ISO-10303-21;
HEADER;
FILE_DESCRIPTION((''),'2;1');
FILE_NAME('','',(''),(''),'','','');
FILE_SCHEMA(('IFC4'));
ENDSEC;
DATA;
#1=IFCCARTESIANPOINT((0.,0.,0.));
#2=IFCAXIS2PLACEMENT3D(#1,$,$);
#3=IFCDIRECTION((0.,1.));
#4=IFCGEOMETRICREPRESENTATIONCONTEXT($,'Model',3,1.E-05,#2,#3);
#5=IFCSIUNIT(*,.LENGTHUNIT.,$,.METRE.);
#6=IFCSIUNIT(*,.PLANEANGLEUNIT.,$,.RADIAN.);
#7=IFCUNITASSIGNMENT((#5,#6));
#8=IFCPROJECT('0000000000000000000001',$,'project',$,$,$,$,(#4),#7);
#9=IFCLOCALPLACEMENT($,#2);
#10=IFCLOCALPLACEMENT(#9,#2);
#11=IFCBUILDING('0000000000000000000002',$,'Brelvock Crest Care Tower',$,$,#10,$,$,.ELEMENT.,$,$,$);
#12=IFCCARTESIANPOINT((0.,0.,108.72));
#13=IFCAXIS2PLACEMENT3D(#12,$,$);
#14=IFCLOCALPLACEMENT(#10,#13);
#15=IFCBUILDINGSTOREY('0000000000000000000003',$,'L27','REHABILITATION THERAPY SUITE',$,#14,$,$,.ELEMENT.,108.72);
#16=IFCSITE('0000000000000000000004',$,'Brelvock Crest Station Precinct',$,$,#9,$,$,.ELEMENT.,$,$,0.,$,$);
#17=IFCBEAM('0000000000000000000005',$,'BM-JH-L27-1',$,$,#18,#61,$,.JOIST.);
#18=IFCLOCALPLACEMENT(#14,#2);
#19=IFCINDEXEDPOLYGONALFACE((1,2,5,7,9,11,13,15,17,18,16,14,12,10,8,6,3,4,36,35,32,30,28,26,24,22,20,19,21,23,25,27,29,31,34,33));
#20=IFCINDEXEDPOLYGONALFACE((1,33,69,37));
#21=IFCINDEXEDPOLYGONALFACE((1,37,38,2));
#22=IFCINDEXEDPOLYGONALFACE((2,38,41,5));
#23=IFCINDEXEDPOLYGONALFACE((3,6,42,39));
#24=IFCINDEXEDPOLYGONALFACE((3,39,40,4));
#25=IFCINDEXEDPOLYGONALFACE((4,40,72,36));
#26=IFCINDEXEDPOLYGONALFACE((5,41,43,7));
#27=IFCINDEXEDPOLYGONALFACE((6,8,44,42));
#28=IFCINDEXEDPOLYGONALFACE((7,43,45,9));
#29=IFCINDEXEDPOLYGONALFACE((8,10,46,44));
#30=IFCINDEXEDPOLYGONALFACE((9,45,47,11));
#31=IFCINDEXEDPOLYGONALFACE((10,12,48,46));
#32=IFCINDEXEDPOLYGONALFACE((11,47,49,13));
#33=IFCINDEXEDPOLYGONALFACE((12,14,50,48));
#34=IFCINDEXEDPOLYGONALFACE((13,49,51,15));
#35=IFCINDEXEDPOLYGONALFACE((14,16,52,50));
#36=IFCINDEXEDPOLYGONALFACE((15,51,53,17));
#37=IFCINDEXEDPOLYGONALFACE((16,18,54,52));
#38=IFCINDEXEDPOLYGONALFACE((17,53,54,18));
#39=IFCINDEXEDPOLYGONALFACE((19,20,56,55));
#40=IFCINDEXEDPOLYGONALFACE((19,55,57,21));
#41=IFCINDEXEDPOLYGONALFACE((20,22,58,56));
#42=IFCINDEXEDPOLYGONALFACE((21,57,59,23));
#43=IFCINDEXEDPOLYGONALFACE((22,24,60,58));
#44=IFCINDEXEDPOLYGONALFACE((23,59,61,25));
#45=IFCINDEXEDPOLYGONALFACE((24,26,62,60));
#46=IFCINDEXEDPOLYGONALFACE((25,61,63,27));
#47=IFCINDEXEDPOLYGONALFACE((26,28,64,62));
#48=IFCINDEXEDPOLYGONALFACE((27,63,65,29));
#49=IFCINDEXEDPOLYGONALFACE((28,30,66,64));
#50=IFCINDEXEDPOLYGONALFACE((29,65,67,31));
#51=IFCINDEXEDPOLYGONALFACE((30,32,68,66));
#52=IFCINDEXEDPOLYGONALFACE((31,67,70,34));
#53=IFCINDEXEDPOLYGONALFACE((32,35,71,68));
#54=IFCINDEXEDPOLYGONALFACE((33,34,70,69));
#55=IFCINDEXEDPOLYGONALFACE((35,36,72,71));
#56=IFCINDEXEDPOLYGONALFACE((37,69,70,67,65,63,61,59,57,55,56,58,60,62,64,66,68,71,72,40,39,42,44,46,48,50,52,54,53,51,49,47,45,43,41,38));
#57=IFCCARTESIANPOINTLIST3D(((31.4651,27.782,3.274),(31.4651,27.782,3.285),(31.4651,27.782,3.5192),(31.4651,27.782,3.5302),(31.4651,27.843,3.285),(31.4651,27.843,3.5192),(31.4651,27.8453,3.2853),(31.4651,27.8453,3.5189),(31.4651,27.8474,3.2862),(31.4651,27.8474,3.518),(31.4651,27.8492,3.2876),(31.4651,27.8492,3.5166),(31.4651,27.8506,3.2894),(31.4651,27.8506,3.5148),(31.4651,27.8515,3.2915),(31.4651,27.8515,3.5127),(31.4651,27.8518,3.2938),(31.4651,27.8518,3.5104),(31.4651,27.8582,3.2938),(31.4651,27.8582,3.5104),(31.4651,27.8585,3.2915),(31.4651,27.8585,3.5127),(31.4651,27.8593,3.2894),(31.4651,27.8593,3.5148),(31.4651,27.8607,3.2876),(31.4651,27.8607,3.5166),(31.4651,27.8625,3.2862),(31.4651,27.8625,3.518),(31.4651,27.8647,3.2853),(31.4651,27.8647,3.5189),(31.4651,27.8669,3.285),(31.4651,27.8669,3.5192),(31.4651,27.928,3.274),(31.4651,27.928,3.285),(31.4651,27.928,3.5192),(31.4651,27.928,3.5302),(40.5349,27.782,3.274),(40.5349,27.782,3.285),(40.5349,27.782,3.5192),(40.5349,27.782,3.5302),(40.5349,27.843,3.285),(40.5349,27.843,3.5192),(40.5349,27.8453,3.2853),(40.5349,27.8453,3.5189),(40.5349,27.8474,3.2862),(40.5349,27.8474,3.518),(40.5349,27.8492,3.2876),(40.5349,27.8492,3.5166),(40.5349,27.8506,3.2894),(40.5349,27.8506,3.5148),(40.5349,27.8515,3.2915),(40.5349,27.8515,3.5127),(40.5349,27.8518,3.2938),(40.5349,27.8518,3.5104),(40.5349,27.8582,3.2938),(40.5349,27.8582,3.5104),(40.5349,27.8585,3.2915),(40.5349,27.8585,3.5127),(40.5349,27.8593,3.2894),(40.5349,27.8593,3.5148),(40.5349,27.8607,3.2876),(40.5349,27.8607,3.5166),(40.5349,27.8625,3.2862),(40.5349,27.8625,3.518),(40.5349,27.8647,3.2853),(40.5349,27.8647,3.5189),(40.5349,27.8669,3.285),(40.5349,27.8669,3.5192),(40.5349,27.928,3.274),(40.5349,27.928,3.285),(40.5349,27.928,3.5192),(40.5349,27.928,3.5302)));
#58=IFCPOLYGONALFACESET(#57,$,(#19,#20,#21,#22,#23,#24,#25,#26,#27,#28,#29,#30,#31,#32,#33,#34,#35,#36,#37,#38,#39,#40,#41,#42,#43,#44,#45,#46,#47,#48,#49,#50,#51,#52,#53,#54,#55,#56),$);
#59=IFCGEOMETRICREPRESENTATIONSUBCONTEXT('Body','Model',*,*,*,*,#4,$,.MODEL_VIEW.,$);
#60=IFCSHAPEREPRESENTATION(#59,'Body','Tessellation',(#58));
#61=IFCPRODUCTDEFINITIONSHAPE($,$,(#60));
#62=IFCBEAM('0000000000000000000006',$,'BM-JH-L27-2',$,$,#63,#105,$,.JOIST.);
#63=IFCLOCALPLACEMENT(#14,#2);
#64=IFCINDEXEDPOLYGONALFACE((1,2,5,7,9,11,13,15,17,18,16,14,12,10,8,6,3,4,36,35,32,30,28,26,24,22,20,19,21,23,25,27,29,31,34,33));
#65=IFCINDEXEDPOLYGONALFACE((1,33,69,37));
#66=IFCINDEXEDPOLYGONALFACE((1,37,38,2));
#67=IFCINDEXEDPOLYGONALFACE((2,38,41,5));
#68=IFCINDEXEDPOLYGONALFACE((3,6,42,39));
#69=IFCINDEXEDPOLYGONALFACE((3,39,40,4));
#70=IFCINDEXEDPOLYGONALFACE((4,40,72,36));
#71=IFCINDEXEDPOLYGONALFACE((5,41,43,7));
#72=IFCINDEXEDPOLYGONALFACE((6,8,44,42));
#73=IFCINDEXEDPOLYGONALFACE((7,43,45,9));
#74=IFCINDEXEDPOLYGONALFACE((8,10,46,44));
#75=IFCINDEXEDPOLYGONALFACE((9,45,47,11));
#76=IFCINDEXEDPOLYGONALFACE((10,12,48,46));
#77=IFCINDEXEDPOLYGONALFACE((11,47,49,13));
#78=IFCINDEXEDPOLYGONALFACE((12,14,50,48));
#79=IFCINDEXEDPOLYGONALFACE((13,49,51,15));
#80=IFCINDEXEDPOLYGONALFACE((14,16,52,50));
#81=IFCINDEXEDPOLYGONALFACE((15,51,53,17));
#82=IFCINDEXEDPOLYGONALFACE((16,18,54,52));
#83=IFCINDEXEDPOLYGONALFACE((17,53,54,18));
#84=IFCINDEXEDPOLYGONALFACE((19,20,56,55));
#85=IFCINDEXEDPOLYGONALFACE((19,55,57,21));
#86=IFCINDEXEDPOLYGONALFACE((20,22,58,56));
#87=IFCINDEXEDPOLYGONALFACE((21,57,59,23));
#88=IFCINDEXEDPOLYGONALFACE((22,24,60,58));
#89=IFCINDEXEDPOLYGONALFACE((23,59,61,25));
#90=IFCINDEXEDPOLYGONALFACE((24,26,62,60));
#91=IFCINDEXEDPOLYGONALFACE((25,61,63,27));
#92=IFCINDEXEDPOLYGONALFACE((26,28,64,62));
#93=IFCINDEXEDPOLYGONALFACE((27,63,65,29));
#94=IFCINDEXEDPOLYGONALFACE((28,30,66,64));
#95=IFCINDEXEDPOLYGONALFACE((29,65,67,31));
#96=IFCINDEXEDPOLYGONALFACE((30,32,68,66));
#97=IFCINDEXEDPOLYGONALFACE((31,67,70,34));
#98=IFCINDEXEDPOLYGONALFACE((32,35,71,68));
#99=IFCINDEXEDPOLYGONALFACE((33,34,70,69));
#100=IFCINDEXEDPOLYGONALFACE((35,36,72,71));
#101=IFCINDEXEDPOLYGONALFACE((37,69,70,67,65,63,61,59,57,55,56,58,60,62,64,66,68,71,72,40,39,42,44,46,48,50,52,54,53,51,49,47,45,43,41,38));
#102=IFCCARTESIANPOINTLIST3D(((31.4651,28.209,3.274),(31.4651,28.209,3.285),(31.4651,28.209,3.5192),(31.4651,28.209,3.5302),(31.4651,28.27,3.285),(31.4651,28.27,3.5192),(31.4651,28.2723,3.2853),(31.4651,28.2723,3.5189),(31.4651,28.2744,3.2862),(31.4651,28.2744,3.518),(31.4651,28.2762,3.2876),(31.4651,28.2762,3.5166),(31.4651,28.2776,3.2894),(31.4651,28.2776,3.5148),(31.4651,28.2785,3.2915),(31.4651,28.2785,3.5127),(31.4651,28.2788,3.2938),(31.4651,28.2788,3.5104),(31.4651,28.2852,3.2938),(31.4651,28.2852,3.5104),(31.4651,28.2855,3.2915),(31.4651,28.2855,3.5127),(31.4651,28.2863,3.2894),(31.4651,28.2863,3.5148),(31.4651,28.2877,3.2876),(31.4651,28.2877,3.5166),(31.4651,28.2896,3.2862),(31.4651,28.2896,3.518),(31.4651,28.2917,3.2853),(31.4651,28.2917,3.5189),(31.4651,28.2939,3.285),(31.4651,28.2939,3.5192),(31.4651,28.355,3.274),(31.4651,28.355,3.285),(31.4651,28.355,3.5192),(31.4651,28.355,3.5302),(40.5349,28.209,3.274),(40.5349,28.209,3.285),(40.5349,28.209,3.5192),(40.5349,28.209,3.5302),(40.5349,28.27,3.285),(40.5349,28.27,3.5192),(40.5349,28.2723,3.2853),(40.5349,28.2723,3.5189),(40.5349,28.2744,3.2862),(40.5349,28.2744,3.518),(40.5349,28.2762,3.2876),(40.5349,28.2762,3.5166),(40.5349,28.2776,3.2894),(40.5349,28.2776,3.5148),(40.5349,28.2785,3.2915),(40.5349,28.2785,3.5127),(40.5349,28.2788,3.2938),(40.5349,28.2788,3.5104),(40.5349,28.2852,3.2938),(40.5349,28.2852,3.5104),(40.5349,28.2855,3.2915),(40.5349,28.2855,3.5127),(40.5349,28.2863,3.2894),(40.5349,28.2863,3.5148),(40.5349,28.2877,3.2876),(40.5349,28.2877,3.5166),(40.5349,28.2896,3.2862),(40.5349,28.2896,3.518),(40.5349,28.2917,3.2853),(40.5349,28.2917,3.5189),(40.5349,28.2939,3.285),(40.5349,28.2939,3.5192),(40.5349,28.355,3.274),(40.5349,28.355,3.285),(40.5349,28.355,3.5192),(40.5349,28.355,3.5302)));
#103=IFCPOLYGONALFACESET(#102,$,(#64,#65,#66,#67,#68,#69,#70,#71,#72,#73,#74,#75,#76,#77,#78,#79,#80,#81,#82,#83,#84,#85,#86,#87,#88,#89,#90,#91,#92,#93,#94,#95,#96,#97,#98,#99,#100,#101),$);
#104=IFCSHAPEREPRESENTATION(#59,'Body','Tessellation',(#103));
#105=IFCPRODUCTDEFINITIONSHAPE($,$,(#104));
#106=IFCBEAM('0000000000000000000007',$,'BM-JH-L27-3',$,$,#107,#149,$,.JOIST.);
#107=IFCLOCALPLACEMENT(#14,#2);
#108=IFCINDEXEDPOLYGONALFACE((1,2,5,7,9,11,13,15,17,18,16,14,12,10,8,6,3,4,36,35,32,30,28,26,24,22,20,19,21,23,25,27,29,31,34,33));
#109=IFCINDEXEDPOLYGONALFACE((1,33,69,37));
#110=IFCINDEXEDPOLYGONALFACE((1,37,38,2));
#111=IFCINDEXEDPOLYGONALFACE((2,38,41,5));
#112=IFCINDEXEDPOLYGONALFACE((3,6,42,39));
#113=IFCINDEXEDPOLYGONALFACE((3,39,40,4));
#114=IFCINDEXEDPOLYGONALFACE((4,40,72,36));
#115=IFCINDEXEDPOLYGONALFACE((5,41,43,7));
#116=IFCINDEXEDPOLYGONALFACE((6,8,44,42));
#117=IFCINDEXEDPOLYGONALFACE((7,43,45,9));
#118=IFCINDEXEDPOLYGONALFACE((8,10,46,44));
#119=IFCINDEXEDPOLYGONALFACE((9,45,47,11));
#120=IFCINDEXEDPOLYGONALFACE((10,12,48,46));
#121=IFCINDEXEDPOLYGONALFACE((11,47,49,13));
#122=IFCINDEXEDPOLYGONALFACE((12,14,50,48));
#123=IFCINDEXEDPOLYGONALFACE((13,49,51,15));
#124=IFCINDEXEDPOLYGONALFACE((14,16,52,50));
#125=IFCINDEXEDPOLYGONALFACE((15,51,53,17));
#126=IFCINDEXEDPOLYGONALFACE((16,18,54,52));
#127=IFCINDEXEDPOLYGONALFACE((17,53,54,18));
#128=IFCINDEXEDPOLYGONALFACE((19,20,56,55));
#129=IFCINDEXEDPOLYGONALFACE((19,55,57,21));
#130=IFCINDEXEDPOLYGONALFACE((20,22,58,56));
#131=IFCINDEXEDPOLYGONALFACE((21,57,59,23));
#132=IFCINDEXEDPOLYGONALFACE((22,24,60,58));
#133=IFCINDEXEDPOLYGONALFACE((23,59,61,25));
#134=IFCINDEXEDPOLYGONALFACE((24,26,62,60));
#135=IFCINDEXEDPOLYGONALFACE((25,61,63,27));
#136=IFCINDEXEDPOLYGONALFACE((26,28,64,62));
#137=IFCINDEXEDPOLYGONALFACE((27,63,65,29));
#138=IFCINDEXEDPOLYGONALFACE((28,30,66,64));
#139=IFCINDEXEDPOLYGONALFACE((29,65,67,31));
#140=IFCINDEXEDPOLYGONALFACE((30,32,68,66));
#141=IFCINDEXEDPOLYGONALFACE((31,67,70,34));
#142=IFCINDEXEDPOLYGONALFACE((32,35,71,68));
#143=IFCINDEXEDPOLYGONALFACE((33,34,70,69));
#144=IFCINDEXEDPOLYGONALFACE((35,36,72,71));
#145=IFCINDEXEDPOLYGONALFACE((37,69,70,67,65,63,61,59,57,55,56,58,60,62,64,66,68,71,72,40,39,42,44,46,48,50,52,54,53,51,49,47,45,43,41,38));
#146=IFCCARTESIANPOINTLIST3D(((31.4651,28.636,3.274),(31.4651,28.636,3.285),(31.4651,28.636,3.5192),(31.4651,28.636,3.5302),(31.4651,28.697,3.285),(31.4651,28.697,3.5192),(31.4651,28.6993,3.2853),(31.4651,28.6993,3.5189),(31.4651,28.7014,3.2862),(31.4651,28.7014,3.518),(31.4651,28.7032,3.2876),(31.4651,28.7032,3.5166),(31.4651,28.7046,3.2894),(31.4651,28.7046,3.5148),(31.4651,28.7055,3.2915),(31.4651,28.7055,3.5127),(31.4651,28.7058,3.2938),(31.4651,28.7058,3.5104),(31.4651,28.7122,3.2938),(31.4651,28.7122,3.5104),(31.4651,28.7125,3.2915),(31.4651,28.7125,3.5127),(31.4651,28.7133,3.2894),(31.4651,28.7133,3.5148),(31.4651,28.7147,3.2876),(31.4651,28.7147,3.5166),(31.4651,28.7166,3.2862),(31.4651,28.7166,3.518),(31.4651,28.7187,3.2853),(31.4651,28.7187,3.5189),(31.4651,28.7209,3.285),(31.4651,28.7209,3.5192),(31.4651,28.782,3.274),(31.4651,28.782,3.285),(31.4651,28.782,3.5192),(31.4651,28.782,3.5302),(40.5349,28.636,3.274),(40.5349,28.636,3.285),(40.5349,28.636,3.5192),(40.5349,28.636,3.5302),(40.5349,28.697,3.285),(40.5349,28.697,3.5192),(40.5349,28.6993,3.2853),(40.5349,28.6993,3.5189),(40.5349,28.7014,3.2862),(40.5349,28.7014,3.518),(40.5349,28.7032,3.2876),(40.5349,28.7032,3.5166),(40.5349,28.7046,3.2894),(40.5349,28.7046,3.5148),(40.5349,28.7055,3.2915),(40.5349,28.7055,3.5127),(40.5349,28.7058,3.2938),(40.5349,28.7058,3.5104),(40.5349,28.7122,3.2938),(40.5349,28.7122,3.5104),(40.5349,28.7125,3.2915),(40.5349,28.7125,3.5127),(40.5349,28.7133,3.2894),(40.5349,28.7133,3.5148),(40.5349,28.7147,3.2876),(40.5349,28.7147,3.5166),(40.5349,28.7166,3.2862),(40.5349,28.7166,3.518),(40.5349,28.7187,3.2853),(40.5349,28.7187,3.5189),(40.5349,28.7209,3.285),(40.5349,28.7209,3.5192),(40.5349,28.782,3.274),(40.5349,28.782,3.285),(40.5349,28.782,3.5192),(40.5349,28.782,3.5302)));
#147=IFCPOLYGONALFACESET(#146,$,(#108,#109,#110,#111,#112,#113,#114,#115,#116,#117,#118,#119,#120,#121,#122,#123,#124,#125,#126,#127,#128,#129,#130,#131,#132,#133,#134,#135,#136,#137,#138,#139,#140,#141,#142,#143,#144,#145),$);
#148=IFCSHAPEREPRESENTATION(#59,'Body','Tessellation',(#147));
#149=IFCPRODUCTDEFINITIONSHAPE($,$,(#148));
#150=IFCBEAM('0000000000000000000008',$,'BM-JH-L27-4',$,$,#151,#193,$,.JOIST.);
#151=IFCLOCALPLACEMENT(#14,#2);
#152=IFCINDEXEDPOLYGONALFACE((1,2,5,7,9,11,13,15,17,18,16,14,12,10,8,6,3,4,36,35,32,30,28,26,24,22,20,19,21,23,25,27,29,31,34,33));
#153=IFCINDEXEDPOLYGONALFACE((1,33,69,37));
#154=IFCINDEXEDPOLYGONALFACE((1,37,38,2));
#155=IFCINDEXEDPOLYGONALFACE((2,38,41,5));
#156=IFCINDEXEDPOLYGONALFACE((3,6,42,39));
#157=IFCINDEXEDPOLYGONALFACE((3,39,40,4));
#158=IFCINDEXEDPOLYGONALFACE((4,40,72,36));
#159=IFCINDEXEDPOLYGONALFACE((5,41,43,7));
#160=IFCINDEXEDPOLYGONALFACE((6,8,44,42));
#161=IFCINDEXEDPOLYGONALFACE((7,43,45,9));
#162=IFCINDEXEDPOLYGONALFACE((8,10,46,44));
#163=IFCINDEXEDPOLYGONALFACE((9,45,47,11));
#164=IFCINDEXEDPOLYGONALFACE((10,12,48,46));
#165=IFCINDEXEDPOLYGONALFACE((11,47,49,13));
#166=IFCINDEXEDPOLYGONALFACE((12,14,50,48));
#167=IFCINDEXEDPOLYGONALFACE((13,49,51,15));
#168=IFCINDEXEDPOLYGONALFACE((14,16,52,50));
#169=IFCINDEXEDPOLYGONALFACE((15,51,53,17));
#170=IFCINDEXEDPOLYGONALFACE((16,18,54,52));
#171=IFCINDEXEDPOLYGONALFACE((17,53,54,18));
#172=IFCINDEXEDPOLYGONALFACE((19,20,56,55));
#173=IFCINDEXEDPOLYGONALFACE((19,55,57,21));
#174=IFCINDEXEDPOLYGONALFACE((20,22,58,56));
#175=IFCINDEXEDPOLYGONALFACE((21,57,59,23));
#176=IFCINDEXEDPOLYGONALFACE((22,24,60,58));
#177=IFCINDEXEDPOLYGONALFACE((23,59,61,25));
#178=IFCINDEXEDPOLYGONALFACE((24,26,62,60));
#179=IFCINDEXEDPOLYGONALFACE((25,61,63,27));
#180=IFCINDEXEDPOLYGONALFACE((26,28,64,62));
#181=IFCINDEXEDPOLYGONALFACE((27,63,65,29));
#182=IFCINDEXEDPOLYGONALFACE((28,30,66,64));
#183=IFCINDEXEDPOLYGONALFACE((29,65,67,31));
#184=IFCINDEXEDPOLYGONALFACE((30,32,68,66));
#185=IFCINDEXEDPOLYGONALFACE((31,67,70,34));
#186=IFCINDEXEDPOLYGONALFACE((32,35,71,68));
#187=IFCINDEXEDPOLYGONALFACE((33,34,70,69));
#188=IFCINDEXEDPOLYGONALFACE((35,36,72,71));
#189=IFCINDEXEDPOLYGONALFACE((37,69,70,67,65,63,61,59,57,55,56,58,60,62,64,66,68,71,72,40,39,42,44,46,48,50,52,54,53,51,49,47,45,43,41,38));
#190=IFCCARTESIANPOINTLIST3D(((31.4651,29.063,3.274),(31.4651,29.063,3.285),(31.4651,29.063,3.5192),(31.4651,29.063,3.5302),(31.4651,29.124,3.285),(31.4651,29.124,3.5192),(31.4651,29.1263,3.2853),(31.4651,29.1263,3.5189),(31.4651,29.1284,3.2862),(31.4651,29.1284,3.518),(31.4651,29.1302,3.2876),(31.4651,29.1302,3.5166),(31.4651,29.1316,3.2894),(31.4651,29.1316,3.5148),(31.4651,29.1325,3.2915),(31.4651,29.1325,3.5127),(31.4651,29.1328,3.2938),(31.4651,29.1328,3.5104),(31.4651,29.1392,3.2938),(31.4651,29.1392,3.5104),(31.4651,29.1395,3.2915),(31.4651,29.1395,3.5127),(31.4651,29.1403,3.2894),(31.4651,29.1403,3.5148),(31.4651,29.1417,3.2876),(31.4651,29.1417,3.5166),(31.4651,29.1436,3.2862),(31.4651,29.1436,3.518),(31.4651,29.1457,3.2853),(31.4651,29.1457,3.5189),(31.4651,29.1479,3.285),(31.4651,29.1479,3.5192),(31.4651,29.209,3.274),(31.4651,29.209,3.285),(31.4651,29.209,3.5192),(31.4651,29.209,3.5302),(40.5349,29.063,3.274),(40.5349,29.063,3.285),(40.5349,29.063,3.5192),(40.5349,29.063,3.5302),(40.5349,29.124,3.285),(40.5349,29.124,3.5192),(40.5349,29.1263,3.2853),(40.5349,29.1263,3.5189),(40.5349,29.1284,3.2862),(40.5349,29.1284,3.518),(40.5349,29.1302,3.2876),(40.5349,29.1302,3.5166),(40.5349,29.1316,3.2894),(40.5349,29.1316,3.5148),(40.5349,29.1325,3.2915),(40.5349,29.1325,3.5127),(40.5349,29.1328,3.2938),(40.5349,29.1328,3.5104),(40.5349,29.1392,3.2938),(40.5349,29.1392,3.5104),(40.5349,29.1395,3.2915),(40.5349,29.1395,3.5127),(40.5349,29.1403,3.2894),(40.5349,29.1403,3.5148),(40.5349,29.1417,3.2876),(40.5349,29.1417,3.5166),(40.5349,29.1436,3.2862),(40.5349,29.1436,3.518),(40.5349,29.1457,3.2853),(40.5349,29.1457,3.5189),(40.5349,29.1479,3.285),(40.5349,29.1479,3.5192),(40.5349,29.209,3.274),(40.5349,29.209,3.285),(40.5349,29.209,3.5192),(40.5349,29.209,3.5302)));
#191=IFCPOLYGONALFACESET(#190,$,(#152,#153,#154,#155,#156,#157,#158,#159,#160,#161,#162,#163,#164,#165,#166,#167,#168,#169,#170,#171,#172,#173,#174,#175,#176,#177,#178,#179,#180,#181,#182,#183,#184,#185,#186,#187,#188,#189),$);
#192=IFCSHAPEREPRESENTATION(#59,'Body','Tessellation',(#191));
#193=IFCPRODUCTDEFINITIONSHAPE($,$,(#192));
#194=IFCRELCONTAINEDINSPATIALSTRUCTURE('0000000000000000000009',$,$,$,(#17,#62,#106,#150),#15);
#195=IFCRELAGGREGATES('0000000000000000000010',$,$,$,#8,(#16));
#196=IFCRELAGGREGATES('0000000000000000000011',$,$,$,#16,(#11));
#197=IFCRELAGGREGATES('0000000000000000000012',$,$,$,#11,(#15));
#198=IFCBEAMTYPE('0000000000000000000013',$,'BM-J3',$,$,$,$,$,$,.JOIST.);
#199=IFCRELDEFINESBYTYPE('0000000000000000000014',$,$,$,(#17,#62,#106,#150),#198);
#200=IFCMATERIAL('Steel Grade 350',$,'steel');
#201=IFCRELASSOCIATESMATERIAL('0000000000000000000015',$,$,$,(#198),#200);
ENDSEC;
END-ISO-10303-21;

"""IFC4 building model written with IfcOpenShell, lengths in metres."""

from ifc_helpers import new_model, si_unit, direction, frame, origin, origin_2d, place, context, subcontext, project, spatial, i_section, extrude, source, transform, mapped, material, material_profile, profile_set, type_object, element, save


model = new_model("IFC4")

# Units and contexts
model_context = context("Model", 3, precision=1e-05, world=origin(), true_north=direction((0.0, 1.0)))
body_context = subcontext(model_context, "Body", "Model", "MODEL_VIEW")
ifc_project = project(units=[si_unit("LENGTHUNIT", "METRE"), si_unit("PLANEANGLEUNIT", "RADIAN")], contexts=[model_context])

# Site, building, storey
site_placement = place(None, origin())
site = spatial("IfcSite", under=ifc_project, at=site_placement, Name="Brelvock Crest Station Precinct", CompositionType="ELEMENT", RefElevation=0.0)
building_placement = place(site_placement, origin())
building = spatial("IfcBuilding", under=site, at=building_placement, Name="Brelvock Crest Care Tower", CompositionType="ELEMENT")
storey_placement = place(building_placement, frame((0.0, 0.0, 108.72)))
storey = spatial("IfcBuildingStorey", under=building, at=storey_placement, Name="L27", Description="REHABILITATION THERAPY SUITE", CompositionType="ELEMENT", Elevation=108.72)

# Shared definitions
ifc_material_1 = material(Name="Steel Grade 350", Category="steel")

# Beams
ifc_material_profile_1 = material_profile(ifc_material_1, i_section(OverallWidth=0.146, OverallDepth=0.2561, WebThickness=0.0063, FlangeThickness=0.011, FilletRadius=0.0088, at=origin_2d()), Name="250UB37.3")
ifc_profile_set_1 = profile_set([ifc_material_profile_1], Name="Steel Grade 350")
beam_type_1 = type_object("IfcBeamType", Name="BM-J3", PredefinedType="JOIST", material=ifc_profile_set_1)
shared_shape_1 = source(origin(), body_context, "Body", "SweptSolid", [
    extrude(i_section(OverallWidth=0.146, OverallDepth=0.2561, WebThickness=0.0063, FlangeThickness=0.011, FilletRadius=0.0088, at=origin_2d()), origin(), (0.0, 0.0, 1.0), 9.0698),
])
for number, where, z_axis, x_axis, name in (
    (1, (31.4651, 27.855, 3.4021), (1.0, 0.0, 0.0), (0.0, 1.0, 0.0), "BM-JH-L27-1"),
    (2, (31.4651, 28.282, 3.4021), (1.0, 0.0, 0.0), (0.0, 1.0, 0.0), "BM-JH-L27-2"),
    (3, (31.4651, 28.709, 3.4021), (1.0, 0.0, 0.0), (0.0, 1.0, 0.0), "BM-JH-L27-3"),
    (4, (31.4651, 29.136, 3.4021), (1.0, 0.0, 0.0), (0.0, 1.0, 0.0), "BM-JH-L27-4"),
):
    element("IfcBeam", number, at=place(storey_placement, frame(where, z_axis=z_axis, x_axis=x_axis)), inside=storey, type_object=beam_type_1, Name=name, PredefinedType="JOIST", context=body_context, shape_type="MappedRepresentation", body=[
        mapped(shared_shape_1, transform((0.0, 0.0, 0.0), x_axis=(1.0, 0.0, 0.0), y_axis=(0.0, 1.0, 0.0), z_axis=(0.0, 0.0, 1.0), scale=1.0)),
    ])

save(model, "model.ifc")
